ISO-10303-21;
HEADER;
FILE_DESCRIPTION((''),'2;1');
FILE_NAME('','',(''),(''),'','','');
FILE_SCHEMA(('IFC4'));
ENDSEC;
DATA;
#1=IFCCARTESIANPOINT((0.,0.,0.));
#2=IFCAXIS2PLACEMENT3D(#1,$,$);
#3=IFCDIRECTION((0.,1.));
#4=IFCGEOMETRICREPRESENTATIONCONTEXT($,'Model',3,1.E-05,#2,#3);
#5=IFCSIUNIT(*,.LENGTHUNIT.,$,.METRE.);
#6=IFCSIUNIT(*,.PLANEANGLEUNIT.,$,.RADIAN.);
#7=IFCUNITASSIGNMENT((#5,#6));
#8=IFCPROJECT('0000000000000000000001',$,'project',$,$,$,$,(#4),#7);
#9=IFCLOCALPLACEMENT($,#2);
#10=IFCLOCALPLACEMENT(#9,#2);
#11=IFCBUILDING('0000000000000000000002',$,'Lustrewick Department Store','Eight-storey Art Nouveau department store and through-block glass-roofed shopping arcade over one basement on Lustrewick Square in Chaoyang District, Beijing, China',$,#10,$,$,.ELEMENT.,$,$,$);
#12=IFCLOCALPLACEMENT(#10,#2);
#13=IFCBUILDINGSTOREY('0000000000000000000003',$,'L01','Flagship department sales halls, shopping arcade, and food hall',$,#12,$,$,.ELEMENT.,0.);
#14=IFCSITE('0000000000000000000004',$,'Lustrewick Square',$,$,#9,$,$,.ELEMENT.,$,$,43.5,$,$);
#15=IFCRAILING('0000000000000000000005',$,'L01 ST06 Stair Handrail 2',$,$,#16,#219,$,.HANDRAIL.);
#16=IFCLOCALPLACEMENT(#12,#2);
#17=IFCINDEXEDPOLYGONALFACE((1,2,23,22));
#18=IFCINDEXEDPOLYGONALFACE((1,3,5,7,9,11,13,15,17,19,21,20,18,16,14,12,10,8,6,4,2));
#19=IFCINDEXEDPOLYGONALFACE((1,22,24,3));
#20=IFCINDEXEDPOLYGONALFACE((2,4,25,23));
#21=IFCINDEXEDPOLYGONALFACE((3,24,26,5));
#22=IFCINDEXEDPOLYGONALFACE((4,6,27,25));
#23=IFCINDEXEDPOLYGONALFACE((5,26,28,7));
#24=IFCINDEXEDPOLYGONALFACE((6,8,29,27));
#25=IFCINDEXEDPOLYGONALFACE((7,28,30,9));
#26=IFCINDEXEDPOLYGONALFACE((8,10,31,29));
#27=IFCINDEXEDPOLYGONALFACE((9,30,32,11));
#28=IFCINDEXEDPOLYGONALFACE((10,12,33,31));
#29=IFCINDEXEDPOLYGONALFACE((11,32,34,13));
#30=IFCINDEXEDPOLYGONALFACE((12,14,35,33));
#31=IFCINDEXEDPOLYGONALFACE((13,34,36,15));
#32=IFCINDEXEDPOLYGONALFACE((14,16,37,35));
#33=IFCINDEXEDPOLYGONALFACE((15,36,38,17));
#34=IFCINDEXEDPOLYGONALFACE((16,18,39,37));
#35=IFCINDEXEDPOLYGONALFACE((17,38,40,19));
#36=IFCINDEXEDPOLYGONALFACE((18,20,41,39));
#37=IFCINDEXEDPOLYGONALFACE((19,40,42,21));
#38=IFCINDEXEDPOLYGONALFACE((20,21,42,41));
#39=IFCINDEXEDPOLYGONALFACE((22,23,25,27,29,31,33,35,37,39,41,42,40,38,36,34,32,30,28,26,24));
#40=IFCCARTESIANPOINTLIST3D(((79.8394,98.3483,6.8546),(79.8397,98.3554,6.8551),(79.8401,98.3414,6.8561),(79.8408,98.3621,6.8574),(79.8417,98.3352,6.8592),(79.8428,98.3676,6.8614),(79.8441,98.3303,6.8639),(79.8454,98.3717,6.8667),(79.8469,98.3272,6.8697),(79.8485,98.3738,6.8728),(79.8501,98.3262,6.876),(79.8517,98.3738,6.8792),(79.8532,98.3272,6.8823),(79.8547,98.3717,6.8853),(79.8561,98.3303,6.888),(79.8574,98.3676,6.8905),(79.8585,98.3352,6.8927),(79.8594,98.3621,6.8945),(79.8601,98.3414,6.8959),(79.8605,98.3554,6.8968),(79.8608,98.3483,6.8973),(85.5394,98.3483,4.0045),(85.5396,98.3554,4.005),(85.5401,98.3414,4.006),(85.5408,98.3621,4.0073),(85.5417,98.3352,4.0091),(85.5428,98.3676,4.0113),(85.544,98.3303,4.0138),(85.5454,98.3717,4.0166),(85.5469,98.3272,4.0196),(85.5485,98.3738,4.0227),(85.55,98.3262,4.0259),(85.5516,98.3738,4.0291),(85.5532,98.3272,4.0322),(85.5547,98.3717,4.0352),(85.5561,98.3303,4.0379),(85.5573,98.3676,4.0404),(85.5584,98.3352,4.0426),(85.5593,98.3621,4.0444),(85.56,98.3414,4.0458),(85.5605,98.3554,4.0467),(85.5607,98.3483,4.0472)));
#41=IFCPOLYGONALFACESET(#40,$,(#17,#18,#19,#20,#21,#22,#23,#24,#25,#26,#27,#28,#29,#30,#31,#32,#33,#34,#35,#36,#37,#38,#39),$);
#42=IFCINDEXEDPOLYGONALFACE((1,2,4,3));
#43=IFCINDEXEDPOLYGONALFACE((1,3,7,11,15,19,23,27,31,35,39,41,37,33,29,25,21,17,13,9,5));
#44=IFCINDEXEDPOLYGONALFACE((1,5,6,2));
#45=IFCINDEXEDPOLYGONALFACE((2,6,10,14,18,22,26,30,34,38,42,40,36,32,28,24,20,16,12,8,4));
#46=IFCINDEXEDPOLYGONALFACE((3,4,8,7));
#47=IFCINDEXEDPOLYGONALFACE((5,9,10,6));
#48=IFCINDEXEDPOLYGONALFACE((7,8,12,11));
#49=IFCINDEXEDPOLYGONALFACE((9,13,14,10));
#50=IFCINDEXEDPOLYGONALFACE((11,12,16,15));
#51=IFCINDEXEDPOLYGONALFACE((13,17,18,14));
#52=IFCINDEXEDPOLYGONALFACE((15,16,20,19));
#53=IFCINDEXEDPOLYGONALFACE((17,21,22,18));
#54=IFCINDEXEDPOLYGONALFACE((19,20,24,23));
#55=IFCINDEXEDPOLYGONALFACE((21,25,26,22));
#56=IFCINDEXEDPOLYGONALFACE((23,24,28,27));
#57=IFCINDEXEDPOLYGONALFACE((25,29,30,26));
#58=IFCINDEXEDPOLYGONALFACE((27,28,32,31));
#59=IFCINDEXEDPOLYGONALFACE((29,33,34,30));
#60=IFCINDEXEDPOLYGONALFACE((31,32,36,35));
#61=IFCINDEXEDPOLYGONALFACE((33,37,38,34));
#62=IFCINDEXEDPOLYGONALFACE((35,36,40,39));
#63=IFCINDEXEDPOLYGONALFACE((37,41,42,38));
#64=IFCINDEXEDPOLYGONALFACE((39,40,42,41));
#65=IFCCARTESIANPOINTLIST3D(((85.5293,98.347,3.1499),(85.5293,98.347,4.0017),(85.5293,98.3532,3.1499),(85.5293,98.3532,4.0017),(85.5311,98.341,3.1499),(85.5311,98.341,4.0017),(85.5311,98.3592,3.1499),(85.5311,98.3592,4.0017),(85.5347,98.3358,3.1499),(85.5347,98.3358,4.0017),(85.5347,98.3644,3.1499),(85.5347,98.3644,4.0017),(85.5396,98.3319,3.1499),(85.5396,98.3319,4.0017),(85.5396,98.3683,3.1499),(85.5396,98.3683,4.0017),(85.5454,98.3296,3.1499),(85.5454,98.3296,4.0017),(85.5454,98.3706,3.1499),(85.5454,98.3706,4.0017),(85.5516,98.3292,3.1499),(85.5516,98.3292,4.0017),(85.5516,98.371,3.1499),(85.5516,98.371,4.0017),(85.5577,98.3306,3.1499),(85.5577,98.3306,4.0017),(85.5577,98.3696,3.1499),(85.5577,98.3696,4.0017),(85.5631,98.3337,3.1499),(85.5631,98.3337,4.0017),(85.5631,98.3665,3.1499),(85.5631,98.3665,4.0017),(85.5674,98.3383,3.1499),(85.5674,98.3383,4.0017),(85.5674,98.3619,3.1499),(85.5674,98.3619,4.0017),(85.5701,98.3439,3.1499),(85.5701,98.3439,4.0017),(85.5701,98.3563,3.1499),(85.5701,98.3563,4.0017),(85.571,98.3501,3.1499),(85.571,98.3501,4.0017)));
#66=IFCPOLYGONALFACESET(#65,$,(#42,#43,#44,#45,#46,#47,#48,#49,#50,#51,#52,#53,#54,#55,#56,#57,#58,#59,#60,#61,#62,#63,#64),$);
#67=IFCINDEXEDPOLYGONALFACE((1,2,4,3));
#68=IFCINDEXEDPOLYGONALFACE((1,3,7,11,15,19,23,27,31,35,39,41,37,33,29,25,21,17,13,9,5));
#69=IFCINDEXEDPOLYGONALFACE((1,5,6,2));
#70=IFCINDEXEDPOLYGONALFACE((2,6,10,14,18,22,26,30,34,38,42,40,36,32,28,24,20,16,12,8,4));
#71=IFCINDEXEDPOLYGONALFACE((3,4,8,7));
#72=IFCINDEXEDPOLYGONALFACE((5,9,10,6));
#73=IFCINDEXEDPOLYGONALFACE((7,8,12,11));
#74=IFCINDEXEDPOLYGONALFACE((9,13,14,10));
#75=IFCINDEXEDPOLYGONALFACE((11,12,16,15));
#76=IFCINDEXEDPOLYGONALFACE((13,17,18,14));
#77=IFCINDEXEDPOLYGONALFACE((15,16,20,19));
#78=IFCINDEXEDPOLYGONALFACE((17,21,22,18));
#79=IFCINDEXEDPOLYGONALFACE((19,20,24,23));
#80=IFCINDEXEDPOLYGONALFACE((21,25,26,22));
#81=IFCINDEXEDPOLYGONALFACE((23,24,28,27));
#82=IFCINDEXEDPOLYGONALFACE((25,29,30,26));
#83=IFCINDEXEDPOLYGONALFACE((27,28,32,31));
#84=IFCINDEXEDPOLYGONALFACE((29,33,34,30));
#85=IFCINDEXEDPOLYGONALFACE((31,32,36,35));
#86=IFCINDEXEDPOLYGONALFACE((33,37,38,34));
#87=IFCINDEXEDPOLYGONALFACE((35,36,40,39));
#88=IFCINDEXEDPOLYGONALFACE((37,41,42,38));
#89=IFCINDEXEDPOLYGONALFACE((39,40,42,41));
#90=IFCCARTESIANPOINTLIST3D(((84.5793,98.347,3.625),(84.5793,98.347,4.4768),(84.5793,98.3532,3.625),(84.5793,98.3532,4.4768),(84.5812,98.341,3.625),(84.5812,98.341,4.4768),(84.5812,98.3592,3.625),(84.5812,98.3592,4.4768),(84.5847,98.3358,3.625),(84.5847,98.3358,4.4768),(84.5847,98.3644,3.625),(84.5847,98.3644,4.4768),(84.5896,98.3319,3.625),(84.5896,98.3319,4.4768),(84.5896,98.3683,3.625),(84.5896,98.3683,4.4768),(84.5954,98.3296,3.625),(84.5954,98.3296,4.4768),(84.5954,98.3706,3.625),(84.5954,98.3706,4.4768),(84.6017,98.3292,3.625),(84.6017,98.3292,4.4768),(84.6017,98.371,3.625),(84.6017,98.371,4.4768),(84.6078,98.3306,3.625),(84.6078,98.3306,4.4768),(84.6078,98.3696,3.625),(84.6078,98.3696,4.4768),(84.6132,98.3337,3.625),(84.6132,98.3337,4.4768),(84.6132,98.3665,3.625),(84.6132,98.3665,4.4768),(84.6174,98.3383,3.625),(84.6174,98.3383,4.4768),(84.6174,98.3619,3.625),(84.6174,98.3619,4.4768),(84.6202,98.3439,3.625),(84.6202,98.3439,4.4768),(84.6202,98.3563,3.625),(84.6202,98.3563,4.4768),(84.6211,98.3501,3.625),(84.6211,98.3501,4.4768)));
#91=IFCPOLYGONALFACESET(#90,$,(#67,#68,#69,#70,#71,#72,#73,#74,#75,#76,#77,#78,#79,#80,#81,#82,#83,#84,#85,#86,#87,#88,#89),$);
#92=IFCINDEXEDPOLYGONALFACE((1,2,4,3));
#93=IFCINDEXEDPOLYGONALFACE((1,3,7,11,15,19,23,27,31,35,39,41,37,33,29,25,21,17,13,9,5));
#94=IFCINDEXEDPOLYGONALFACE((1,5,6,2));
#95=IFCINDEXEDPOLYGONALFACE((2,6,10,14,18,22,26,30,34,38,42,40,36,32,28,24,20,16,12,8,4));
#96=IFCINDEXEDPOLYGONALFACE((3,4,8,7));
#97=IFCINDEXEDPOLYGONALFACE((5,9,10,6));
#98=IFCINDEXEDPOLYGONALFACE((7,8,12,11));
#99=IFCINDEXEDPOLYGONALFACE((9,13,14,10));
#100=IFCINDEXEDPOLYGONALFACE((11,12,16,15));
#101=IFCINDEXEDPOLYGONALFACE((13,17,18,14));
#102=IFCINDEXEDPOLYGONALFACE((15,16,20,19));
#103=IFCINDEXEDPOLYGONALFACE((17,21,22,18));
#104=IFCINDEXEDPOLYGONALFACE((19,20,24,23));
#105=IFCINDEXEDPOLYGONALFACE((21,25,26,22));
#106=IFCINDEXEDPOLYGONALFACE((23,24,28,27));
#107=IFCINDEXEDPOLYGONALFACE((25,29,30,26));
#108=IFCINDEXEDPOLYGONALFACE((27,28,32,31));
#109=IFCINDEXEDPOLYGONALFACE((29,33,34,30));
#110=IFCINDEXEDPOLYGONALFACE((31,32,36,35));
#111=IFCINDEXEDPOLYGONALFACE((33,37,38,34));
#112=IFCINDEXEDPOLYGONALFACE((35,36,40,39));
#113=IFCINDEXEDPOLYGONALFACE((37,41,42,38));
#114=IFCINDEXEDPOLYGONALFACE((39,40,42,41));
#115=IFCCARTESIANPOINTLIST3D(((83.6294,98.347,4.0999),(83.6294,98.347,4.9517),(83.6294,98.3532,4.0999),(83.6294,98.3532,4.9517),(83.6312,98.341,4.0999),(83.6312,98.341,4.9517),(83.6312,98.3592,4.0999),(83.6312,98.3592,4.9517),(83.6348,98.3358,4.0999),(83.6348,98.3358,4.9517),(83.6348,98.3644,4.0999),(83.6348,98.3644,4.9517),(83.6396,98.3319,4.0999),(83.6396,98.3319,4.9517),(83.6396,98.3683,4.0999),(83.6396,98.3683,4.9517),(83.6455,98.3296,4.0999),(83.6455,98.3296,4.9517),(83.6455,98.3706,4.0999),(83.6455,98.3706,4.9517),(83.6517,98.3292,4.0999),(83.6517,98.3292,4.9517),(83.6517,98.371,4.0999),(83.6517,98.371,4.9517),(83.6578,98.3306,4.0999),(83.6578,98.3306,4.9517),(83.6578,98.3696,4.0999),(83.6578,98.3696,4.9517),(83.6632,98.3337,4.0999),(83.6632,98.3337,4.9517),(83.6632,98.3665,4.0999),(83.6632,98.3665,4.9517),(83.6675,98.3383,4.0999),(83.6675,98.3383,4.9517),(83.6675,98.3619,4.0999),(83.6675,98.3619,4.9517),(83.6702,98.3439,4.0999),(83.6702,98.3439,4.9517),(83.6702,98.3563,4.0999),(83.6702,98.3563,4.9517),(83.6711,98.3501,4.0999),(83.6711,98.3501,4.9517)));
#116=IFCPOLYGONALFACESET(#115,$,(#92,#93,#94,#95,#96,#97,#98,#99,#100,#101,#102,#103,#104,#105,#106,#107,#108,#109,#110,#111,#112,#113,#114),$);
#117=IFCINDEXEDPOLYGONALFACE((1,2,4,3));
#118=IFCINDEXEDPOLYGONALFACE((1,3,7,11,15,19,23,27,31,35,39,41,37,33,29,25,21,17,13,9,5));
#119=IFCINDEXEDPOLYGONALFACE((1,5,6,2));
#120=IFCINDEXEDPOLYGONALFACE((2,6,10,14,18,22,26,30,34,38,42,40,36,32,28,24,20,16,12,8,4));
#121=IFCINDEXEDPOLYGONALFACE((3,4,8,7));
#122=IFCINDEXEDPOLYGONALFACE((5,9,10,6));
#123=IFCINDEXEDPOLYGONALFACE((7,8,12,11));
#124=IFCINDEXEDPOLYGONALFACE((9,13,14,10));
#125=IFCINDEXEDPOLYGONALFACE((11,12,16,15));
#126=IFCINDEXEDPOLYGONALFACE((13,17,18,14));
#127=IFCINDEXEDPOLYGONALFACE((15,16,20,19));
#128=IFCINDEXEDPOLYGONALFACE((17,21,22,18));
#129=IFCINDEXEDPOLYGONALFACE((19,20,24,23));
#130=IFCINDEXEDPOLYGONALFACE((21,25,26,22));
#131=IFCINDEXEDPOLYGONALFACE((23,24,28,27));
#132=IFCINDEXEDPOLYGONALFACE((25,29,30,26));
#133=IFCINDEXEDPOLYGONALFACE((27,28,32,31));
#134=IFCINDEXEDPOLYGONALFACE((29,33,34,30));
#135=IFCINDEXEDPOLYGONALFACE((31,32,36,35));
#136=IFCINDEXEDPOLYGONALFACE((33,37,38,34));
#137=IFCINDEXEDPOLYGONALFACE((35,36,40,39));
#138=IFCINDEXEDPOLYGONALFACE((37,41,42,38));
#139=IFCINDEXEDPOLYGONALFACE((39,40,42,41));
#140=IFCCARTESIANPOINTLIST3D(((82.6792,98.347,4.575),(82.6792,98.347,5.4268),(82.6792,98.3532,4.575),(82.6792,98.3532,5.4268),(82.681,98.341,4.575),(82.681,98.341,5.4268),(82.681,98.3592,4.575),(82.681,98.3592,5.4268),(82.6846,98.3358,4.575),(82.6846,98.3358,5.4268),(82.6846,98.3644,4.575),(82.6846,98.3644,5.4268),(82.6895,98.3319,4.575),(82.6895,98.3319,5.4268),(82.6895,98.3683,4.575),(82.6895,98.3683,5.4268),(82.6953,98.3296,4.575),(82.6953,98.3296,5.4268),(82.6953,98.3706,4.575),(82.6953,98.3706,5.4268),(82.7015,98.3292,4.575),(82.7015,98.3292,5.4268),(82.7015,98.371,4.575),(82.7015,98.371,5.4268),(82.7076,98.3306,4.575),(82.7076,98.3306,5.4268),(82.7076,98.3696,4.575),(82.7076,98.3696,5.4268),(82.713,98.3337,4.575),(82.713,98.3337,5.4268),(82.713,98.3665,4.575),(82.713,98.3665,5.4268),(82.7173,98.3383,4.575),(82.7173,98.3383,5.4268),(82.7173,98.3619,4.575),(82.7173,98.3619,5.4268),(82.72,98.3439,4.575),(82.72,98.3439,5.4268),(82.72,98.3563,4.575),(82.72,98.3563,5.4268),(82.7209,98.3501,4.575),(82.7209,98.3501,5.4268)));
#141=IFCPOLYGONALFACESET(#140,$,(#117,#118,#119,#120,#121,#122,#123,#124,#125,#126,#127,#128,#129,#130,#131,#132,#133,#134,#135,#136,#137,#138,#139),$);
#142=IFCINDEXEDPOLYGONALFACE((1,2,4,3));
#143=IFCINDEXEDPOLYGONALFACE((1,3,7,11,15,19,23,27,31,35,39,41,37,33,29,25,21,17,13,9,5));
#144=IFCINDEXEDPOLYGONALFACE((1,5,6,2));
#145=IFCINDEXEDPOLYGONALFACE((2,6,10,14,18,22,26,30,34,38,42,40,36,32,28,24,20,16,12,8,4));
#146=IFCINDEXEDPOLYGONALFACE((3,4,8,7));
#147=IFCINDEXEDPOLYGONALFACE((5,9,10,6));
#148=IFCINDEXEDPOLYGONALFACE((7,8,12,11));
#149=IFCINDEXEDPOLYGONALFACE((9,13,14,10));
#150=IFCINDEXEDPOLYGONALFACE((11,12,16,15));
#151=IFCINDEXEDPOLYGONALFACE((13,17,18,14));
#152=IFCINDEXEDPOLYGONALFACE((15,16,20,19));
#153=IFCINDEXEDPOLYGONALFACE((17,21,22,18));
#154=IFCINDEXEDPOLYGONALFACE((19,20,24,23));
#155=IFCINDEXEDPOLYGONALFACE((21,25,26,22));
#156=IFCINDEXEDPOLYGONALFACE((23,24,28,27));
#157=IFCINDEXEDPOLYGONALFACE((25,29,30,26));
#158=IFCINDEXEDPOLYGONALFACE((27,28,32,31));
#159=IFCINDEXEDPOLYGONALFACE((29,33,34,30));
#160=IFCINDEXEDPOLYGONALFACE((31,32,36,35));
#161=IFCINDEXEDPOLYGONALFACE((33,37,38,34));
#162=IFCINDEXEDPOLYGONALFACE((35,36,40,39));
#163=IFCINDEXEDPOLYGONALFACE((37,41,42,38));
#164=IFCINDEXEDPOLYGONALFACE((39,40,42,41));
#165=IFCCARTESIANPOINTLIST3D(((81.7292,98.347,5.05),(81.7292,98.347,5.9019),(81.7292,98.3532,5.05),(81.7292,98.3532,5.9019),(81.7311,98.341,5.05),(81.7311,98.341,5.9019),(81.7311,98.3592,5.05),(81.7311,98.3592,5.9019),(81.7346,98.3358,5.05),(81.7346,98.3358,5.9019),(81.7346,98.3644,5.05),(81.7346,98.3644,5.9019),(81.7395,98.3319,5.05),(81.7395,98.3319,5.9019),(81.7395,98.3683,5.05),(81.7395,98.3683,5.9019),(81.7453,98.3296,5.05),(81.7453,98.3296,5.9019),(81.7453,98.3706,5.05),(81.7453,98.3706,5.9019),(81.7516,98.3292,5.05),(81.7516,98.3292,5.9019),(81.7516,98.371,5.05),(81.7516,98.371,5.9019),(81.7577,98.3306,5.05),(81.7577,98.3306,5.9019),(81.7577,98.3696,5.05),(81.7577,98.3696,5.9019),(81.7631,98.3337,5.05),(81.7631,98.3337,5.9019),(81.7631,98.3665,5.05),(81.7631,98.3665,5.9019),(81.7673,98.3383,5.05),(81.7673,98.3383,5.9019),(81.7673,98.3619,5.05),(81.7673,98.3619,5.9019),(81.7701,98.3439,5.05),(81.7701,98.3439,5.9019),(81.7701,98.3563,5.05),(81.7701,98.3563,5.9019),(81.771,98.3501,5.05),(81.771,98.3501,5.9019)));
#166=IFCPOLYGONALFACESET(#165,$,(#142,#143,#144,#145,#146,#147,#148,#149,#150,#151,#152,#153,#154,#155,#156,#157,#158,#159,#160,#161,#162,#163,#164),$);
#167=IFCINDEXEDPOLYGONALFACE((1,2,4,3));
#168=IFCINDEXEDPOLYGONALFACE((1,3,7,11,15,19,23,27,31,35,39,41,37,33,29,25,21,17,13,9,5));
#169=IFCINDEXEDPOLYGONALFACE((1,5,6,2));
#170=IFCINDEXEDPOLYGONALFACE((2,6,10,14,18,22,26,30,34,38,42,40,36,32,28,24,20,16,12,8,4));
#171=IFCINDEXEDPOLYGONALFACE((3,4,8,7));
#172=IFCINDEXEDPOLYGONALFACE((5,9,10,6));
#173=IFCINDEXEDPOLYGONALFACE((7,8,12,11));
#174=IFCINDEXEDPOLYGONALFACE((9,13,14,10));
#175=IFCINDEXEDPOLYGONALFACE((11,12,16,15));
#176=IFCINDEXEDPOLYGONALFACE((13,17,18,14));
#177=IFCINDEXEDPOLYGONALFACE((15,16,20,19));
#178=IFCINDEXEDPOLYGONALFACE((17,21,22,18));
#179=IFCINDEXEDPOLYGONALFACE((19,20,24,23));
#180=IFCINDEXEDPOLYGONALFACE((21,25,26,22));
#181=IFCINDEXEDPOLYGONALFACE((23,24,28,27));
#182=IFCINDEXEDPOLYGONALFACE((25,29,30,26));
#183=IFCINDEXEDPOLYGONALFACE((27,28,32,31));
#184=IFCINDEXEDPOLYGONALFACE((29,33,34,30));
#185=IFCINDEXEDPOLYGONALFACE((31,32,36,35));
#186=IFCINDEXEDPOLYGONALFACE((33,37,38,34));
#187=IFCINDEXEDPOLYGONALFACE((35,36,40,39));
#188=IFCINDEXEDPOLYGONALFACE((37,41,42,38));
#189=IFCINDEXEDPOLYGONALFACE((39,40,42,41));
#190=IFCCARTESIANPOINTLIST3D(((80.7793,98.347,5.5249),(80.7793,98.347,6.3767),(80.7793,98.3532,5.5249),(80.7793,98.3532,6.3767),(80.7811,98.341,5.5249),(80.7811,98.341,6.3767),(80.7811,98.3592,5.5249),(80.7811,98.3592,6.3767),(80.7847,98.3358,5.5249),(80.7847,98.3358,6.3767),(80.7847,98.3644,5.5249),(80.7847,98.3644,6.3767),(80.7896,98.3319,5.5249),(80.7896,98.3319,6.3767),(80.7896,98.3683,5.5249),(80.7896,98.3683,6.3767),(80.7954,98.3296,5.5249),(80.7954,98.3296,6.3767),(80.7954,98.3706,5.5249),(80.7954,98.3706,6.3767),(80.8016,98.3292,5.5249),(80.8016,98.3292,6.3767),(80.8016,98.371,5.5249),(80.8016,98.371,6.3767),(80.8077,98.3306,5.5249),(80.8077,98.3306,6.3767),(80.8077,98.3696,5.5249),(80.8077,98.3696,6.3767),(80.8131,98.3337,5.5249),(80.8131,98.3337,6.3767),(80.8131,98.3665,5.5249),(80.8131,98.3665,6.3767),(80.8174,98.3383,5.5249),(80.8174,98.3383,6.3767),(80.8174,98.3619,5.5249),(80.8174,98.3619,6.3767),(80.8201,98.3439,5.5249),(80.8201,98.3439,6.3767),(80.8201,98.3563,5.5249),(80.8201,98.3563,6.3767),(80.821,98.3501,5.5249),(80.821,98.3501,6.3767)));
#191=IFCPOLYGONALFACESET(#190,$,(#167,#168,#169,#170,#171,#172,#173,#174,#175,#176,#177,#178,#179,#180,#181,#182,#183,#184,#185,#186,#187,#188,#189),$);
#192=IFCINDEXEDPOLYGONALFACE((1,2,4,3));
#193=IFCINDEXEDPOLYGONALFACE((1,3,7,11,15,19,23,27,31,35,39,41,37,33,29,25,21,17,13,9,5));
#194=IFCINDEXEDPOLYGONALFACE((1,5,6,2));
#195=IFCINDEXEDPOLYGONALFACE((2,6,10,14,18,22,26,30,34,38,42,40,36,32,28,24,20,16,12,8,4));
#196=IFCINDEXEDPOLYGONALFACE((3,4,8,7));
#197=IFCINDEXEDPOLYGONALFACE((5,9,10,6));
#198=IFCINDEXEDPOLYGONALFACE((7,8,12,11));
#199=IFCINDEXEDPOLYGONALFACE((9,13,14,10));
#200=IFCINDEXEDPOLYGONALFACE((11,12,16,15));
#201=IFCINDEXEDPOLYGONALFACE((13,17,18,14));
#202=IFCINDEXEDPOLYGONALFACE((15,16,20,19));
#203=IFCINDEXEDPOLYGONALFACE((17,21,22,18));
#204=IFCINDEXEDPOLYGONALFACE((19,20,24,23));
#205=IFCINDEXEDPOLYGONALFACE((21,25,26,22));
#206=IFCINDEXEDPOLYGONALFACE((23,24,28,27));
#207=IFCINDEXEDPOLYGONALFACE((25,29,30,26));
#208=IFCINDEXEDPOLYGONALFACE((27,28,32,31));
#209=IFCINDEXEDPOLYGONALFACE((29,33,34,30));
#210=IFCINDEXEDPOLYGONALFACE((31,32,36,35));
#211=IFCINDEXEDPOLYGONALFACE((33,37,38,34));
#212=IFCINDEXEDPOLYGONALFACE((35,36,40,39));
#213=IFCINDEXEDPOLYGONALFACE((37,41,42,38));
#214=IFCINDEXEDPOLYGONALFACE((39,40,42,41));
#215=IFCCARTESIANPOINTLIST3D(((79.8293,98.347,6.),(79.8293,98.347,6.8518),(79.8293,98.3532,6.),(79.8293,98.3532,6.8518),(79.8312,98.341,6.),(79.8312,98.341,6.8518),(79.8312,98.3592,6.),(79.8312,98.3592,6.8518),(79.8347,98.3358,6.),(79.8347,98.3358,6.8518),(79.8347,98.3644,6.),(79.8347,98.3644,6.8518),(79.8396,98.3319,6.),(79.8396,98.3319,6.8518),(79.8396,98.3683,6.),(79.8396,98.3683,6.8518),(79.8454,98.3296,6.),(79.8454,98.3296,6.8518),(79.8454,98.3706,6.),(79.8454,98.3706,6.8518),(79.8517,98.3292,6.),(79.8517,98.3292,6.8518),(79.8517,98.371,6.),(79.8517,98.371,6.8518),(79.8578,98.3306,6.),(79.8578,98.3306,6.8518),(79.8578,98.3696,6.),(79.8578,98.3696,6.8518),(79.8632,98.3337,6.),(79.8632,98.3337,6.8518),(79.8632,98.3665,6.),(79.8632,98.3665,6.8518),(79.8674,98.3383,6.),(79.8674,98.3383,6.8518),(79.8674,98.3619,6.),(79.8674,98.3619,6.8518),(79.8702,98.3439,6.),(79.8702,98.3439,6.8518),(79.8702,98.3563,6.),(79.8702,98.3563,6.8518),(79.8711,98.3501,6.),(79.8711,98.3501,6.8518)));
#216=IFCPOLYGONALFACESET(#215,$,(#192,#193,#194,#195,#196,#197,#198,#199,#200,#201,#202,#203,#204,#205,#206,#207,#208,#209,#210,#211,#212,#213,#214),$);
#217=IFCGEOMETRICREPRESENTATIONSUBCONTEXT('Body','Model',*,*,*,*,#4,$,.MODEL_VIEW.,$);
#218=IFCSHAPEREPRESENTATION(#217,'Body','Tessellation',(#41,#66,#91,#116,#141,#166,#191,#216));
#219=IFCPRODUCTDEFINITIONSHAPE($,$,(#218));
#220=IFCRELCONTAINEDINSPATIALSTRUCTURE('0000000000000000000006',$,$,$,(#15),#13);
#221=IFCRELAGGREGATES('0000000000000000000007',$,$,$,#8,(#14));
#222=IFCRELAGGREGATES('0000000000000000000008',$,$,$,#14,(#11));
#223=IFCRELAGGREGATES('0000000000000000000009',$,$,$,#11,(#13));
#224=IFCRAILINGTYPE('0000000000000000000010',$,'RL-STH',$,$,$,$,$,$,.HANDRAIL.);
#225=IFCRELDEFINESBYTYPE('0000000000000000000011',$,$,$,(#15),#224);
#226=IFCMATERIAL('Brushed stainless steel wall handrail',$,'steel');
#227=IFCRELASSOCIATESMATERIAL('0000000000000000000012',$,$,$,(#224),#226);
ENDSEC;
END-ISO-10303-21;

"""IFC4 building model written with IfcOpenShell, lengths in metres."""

from ifc_helpers import new_model, si_unit, direction, frame, origin, origin_2d, place, context, subcontext, project, spatial, circle, extrude, material, type_object, element, save


model = new_model("IFC4")

# Units and contexts
model_context = context("Model", 3, precision=1e-05, world=origin(), true_north=direction((0.0, 1.0)))
body_context = subcontext(model_context, "Body", "Model", "MODEL_VIEW")
ifc_project = project(units=[si_unit("LENGTHUNIT", "METRE"), si_unit("PLANEANGLEUNIT", "RADIAN")], contexts=[model_context])

# Site, building, storey
site_placement = place(None, origin())
site = spatial("IfcSite", under=ifc_project, at=site_placement, Name="Lustrewick Square", CompositionType="ELEMENT", RefElevation=43.5)
building_placement = place(site_placement, origin())
building = spatial("IfcBuilding", under=site, at=building_placement, Name="Lustrewick Department Store", Description="Eight-storey Art Nouveau department store and through-block glass-roofed shopping arcade over one basement on Lustrewick Square in Chaoyang District, Beijing, China", CompositionType="ELEMENT")
storey_placement = place(building_placement, origin())
storey = spatial("IfcBuildingStorey", under=building, at=storey_placement, Name="L01", Description="Flagship department sales halls, shopping arcade, and food hall", CompositionType="ELEMENT", Elevation=0.0)

# Railing
ifc_material_1 = material(Name="Brushed stainless steel wall handrail", Category="steel")
railing_type_1 = type_object("IfcRailingType", Name="RL-STH", PredefinedType="HANDRAIL", material=ifc_material_1)
railing_1_placement = place(storey_placement, frame((85.55, 98.3501, 3.1499)))
element("IfcRailing", 1, at=railing_1_placement, inside=storey, type_object=railing_type_1, Name="L01 ST06 Stair Handrail 2", PredefinedType="HANDRAIL", context=body_context, shape_type="SweptSolid", body=[
    extrude(circle(Radius=0.0239, at=origin_2d()), frame((0.0, 0.0, 0.876), z_axis=(-0.89442, 0.0, 0.447229), x_axis=(0.0, -1.0, 0.0)), (0.0, 0.0, 1.0), 6.3728),
    extrude(circle(Radius=0.021, at=origin_2d()), origin(), (0.0, 0.0, 1.0), 0.8518),
    extrude(circle(Radius=0.021, at=origin_2d()), frame((-0.95, 0.0, 0.4751)), (0.0, 0.0, 1.0), 0.8518),
    extrude(circle(Radius=0.021, at=origin_2d()), frame((-1.8999, 0.0, 0.95)), (0.0, 0.0, 1.0), 0.8518),
    extrude(circle(Radius=0.021, at=origin_2d()), frame((-2.8501, 0.0, 1.425)), (0.0, 0.0, 1.0), 0.8518),
    extrude(circle(Radius=0.021, at=origin_2d()), frame((-3.8, 0.0, 1.9001)), (0.0, 0.0, 1.0), 0.8518),
    extrude(circle(Radius=0.021, at=origin_2d()), frame((-4.75, 0.0, 2.375)), (0.0, 0.0, 1.0), 0.8518),
    extrude(circle(Radius=0.021, at=origin_2d()), frame((-5.7, 0.0, 2.8501)), (0.0, 0.0, 1.0), 0.8518),
])

save(model, "model.ifc")
